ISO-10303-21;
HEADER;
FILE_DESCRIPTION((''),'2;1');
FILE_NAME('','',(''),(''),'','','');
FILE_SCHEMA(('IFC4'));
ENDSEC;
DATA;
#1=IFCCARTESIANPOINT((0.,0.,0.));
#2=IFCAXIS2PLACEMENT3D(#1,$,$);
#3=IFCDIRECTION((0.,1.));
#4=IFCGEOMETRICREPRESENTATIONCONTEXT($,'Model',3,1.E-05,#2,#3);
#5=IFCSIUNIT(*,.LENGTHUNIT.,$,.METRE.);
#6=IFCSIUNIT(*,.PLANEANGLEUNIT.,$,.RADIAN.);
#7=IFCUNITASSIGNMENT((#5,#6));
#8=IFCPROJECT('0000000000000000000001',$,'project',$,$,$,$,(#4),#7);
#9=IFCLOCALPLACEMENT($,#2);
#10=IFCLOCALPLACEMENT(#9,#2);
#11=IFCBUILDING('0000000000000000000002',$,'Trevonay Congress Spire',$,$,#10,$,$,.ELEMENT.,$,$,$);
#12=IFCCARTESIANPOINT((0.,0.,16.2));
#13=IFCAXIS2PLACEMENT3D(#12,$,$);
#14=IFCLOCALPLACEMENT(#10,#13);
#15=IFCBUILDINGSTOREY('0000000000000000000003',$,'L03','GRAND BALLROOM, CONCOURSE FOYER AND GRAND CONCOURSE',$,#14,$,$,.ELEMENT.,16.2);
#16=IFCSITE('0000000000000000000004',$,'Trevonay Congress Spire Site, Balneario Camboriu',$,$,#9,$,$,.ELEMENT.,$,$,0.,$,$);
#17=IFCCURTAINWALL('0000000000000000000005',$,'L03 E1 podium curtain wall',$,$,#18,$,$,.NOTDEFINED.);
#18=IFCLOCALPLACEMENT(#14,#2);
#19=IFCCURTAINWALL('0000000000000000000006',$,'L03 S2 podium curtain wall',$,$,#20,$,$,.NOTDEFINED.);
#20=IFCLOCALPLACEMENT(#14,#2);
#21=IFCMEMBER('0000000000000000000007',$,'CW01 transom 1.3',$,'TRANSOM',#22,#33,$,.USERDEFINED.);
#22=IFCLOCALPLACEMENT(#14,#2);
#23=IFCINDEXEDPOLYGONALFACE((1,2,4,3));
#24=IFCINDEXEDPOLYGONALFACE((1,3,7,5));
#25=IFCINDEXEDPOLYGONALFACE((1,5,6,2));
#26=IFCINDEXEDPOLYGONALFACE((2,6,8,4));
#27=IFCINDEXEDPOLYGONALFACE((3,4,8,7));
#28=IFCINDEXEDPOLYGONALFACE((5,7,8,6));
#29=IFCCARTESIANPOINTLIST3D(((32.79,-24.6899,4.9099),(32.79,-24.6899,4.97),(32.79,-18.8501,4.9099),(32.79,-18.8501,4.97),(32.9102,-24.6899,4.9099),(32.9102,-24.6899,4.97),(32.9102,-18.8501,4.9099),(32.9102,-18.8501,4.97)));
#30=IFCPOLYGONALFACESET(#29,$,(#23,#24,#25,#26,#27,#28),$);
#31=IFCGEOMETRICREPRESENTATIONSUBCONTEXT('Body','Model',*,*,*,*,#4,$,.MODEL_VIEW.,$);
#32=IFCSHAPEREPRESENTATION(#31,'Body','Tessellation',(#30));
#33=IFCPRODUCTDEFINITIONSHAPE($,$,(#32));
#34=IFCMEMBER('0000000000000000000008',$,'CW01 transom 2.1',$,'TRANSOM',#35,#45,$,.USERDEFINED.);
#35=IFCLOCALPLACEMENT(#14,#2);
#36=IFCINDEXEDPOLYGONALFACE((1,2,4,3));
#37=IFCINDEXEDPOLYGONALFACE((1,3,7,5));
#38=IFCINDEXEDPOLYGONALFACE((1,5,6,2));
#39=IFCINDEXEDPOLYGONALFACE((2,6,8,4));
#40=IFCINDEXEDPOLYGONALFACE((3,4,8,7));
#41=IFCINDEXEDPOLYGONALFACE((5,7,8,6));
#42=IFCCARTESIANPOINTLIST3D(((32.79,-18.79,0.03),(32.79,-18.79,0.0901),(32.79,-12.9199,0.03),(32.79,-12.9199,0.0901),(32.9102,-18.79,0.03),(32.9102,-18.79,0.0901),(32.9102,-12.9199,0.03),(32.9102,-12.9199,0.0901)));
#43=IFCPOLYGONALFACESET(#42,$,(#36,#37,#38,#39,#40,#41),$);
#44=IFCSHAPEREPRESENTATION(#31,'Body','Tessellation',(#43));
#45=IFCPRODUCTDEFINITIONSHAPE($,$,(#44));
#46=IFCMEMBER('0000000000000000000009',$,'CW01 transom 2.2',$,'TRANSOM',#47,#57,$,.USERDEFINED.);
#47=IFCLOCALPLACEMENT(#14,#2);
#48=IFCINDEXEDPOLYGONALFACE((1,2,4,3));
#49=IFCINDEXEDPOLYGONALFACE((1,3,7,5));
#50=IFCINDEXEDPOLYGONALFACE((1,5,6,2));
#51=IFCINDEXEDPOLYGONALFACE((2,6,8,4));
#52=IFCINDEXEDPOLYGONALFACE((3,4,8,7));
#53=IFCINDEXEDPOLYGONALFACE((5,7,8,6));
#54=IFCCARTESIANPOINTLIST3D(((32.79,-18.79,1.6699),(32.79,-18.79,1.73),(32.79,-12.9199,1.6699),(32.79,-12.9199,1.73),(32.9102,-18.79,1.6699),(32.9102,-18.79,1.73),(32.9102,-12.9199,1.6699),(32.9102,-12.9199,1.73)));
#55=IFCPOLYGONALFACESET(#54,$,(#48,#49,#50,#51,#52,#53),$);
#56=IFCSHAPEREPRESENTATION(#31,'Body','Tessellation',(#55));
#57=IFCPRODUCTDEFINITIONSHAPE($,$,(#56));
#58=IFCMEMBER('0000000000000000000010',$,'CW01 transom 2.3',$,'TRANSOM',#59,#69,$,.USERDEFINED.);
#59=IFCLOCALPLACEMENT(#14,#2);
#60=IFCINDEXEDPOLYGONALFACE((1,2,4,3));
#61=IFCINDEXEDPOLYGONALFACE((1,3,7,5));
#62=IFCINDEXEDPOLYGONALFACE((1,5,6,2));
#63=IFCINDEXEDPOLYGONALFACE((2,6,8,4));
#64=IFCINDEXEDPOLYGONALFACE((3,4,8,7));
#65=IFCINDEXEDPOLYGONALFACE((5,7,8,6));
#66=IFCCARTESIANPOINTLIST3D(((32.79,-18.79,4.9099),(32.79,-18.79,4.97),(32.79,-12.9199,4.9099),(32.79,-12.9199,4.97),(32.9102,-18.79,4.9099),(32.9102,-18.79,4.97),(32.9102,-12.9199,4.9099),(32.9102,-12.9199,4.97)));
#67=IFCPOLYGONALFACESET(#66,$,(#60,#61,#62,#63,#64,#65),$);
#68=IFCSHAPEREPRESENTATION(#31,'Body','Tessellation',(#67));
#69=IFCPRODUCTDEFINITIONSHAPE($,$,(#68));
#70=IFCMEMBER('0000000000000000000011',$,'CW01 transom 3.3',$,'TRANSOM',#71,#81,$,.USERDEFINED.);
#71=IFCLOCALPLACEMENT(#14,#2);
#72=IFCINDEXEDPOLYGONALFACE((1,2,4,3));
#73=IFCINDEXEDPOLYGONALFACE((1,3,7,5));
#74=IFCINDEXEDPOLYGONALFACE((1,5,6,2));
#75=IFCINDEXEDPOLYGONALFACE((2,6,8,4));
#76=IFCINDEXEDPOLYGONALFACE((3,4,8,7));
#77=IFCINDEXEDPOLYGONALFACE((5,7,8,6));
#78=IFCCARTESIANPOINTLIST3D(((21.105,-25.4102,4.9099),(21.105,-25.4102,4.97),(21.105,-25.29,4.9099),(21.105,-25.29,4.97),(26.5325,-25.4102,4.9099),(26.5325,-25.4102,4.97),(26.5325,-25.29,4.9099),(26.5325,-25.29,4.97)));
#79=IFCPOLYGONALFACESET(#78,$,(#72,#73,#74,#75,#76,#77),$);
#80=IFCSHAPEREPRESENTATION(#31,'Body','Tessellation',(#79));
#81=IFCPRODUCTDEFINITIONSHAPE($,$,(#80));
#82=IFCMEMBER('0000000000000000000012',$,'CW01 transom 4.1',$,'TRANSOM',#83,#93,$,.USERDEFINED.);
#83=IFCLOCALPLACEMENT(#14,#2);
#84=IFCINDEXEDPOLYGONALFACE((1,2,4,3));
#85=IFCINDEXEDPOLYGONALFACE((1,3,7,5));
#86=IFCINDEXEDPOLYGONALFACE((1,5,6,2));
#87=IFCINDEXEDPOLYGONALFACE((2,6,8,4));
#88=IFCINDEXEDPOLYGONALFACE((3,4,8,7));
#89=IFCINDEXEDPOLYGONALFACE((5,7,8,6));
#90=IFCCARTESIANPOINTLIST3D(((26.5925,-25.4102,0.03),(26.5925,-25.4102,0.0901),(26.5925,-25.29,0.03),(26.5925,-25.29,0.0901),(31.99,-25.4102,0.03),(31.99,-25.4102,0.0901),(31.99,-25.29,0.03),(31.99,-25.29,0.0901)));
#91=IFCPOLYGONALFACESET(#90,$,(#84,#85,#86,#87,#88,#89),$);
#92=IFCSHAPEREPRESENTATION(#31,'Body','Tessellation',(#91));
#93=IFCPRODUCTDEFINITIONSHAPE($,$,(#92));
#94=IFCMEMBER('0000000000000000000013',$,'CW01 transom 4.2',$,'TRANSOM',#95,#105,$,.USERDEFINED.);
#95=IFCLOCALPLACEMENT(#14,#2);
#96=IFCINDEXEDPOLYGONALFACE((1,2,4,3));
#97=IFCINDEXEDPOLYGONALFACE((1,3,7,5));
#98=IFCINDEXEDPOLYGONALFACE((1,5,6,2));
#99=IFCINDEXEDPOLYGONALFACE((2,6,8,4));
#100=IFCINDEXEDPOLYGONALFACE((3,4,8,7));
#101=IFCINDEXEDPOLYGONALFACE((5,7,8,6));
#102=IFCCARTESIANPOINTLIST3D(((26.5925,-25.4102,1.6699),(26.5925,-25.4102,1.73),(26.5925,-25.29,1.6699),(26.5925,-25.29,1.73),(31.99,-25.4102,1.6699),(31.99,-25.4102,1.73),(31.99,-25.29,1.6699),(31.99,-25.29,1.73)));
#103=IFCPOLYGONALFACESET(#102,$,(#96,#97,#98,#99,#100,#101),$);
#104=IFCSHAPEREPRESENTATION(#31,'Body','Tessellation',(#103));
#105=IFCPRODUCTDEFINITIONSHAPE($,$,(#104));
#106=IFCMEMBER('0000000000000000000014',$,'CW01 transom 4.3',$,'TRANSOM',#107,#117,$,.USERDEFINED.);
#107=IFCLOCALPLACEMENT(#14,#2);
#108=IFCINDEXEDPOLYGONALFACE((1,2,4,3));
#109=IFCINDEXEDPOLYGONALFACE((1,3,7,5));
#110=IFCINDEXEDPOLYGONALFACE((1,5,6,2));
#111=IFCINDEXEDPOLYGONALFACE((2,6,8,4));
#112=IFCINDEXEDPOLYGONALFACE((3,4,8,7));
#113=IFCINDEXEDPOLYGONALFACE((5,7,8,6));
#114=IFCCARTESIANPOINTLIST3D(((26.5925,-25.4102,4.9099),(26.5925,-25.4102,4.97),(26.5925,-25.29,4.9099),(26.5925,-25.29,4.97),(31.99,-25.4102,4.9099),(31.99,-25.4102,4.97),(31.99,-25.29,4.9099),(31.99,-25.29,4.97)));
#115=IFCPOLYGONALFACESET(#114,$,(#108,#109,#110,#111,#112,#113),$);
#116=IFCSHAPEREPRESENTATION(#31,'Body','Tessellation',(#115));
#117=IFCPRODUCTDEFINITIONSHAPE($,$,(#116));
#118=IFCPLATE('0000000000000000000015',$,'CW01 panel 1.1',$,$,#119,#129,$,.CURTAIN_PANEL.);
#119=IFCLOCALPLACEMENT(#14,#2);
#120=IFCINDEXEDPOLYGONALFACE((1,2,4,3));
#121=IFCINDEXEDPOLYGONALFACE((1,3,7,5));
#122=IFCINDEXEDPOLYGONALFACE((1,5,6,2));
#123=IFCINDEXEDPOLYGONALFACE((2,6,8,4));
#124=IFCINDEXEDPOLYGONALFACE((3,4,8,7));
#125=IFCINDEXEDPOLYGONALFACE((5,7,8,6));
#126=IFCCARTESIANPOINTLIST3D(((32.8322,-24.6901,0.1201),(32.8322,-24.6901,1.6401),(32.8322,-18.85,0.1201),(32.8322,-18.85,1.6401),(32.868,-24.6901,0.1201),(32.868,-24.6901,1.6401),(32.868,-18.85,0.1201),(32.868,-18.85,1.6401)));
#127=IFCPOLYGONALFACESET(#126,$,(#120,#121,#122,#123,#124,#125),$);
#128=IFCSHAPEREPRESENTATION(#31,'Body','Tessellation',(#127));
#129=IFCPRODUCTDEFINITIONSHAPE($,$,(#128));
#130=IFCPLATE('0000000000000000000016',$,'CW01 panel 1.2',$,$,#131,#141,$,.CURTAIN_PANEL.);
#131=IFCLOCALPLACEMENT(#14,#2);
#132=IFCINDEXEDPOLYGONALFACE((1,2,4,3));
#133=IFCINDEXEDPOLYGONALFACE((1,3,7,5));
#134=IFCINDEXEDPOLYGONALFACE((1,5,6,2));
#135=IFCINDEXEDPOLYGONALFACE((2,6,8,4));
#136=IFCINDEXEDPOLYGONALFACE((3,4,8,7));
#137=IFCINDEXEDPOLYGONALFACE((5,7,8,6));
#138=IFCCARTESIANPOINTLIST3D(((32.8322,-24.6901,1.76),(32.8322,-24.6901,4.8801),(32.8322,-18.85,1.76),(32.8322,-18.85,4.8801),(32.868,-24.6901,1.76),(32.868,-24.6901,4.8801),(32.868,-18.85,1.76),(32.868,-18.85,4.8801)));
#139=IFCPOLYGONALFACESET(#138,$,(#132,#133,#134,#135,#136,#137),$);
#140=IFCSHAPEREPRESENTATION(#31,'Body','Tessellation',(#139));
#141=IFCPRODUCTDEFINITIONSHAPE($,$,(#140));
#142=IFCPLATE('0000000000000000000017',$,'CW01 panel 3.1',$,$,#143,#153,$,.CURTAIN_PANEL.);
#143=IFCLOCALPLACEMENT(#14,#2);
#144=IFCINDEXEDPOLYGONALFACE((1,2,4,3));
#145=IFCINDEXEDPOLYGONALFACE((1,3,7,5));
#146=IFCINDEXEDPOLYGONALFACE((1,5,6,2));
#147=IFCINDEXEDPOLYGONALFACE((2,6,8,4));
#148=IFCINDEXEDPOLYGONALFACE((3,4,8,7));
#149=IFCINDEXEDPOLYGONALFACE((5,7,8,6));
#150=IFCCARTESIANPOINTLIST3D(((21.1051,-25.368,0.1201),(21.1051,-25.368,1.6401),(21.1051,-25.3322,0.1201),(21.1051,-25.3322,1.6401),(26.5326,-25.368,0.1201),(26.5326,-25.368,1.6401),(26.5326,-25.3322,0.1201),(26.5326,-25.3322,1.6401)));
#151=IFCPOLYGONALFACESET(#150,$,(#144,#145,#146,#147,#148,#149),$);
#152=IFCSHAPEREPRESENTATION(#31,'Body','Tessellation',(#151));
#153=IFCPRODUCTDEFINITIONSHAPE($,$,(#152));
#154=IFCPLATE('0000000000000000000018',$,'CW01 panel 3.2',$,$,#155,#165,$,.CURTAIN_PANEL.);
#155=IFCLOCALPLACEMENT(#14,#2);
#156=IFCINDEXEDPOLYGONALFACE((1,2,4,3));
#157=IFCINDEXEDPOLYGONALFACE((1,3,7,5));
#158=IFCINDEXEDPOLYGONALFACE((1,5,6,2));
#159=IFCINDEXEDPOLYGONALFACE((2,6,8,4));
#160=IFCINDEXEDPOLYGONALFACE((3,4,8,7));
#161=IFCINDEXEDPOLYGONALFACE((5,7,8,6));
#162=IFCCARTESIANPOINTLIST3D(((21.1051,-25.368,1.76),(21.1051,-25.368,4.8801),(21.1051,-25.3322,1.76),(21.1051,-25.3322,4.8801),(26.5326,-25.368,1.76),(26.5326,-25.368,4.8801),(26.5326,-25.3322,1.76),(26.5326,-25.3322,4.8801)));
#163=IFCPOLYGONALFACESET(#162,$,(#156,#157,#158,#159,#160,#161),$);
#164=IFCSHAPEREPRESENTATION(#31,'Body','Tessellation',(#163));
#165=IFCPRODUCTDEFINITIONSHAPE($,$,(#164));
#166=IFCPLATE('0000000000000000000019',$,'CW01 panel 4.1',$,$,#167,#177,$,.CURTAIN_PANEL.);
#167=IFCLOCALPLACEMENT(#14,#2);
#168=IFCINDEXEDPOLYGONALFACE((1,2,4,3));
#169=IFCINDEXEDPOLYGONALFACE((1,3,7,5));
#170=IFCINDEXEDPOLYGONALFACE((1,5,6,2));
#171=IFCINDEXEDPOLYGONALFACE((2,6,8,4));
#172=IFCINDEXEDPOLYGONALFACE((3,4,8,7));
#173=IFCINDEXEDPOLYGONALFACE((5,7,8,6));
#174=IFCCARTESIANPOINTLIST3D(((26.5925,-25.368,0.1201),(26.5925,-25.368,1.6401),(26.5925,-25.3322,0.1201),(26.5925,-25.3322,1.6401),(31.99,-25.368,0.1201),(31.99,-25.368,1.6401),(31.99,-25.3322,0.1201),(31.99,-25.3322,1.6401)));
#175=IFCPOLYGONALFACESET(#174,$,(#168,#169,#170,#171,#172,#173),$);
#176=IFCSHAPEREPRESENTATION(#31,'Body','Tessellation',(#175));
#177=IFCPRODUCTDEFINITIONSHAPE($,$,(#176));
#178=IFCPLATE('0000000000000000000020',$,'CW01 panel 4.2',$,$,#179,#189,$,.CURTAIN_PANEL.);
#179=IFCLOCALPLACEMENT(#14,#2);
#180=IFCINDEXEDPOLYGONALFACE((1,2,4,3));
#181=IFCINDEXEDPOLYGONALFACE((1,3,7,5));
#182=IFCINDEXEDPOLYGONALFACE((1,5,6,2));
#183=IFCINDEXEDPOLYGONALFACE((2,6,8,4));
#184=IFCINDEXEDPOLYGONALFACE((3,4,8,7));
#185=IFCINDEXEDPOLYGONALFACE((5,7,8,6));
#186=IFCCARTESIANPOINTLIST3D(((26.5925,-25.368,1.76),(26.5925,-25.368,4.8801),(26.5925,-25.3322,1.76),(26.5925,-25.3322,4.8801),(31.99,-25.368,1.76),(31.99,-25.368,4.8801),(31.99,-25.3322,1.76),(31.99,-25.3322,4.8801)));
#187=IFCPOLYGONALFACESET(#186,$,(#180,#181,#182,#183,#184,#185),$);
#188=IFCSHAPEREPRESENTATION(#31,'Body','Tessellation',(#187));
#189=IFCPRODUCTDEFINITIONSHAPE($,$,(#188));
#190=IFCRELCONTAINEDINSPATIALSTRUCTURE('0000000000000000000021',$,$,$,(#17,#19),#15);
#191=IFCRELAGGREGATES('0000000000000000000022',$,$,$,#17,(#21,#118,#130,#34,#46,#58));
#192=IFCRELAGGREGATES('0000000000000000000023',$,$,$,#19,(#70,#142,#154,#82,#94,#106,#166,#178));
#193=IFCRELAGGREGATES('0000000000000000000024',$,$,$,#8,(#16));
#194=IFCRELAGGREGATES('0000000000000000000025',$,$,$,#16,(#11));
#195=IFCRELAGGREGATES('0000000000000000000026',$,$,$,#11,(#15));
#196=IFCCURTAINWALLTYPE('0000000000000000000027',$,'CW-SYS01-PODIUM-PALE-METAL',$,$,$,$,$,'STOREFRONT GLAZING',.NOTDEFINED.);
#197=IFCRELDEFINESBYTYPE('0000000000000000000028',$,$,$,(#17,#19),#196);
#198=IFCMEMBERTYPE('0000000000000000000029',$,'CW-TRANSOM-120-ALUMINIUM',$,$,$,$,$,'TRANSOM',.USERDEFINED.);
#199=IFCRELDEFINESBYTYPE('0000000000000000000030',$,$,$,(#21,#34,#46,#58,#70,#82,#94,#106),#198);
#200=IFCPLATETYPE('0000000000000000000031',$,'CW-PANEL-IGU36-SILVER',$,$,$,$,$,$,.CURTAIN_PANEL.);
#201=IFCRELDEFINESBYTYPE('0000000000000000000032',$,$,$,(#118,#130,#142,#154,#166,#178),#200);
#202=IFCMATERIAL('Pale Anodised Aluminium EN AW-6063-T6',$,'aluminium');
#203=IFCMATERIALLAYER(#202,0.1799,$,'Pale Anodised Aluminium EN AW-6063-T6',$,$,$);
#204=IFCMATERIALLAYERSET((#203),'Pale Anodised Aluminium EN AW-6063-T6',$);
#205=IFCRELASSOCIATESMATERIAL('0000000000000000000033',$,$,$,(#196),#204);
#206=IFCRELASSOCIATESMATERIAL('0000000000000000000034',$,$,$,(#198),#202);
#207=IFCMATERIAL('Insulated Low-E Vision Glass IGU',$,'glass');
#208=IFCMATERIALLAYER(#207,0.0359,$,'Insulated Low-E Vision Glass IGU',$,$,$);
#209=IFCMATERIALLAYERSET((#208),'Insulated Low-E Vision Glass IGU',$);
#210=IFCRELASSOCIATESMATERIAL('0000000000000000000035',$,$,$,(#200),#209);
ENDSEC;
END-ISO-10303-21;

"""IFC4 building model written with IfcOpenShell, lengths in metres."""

from ifc_helpers import new_model, si_unit, direction, frame, origin, origin_2d, place, context, subcontext, project, spatial, rectangle, extrude, material, layer, layer_set, material_profile, profile_set, type_object, element, aggregate, save


model = new_model("IFC4")

# Units and contexts
model_context = context("Model", 3, precision=1e-05, world=origin(), true_north=direction((0.0, 1.0)))
body_context = subcontext(model_context, "Body", "Model", "MODEL_VIEW")
ifc_project = project(units=[si_unit("LENGTHUNIT", "METRE"), si_unit("PLANEANGLEUNIT", "RADIAN")], contexts=[model_context])

# Site, building, storey
site_placement = place(None, origin())
site = spatial("IfcSite", under=ifc_project, at=site_placement, Name="Trevonay Congress Spire Site, Balneario Camboriu", CompositionType="ELEMENT", RefElevation=0.0)
building_placement = place(site_placement, origin())
building = spatial("IfcBuilding", under=site, at=building_placement, Name="Trevonay Congress Spire", CompositionType="ELEMENT")
storey_placement = place(building_placement, frame((0.0, 0.0, 16.2)))
storey = spatial("IfcBuildingStorey", under=building, at=storey_placement, Name="L03", Description="GRAND BALLROOM, CONCOURSE FOYER AND GRAND CONCOURSE", CompositionType="ELEMENT", Elevation=16.2)

# Curtain walls
ifc_material_1 = material(Name="Pale Anodised Aluminium EN AW-6063-T6", Category="aluminium")
ifc_layer_1 = layer(ifc_material_1, 0.1799, Name="Pale Anodised Aluminium EN AW-6063-T6")
ifc_layer_set_1 = layer_set([ifc_layer_1], Name="Pale Anodised Aluminium EN AW-6063-T6")
curtain_wall_type = type_object("IfcCurtainWallType", Name="CW-SYS01-PODIUM-PALE-METAL", ElementType="STOREFRONT GLAZING", PredefinedType="NOTDEFINED", material=ifc_layer_set_1)
curtain_wall_1_placement = place(storey_placement, origin())
curtain_wall_1 = element("IfcCurtainWall", 1, at=curtain_wall_1_placement, inside=storey, type_object=curtain_wall_type, Name="L03 E1 podium curtain wall", PredefinedType="NOTDEFINED")
curtain_wall_2_placement = place(storey_placement, origin())
curtain_wall_2 = element("IfcCurtainWall", 2, at=curtain_wall_2_placement, inside=storey, type_object=curtain_wall_type, Name="L03 S2 podium curtain wall", PredefinedType="NOTDEFINED")

# Members
ifc_material_profile_1 = material_profile(ifc_material_1, rectangle(XDim=0.1201, YDim=0.0601, at=origin_2d()), Name="CW-TRANSOM-120-ALUMINIUM")
ifc_profile_set_1 = profile_set([ifc_material_profile_1], Name="Pale Anodised Aluminium EN AW-6063-T6")
member_type_1 = type_object("IfcMemberType", Name="CW-TRANSOM-120-ALUMINIUM", ElementType="TRANSOM", PredefinedType="USERDEFINED", material=ifc_profile_set_1)
member_1_placement = place(storey_placement, frame((32.8501, -24.6899, 4.9399), z_axis=(0.0, 1.0, 0.0), x_axis=(-1.0, 0.0, 0.0)))
member_1 = element("IfcMember", 3, at=member_1_placement, type_object=member_type_1, Name="CW01 transom 1.3", ObjectType="TRANSOM", PredefinedType="USERDEFINED", context=body_context, shape_type="SweptSolid", body=[
    extrude(rectangle(XDim=0.1201, YDim=0.0601, at=origin_2d()), origin(), (0.0, 0.0, 1.0), 5.8398),
])
member_2_placement = place(storey_placement, frame((32.8501, -18.79, 0.0601), z_axis=(0.0, 1.0, 0.0), x_axis=(-1.0, 0.0, 0.0)))
member_2 = element("IfcMember", 4, at=member_2_placement, type_object=member_type_1, Name="CW01 transom 2.1", ObjectType="TRANSOM", PredefinedType="USERDEFINED", context=body_context, shape_type="SweptSolid", body=[
    extrude(rectangle(XDim=0.1201, YDim=0.0601, at=origin_2d()), origin(), (0.0, 0.0, 1.0), 5.8701),
])
member_3_placement = place(storey_placement, frame((32.8501, -18.79, 1.7), z_axis=(0.0, 1.0, 0.0), x_axis=(-1.0, 0.0, 0.0)))
member_3 = element("IfcMember", 5, at=member_3_placement, type_object=member_type_1, Name="CW01 transom 2.2", ObjectType="TRANSOM", PredefinedType="USERDEFINED", context=body_context, shape_type="SweptSolid", body=[
    extrude(rectangle(XDim=0.1201, YDim=0.0601, at=origin_2d()), origin(), (0.0, 0.0, 1.0), 5.8701),
])
member_4_placement = place(storey_placement, frame((32.8501, -18.79, 4.9399), z_axis=(0.0, 1.0, 0.0), x_axis=(-1.0, 0.0, 0.0)))
member_4 = element("IfcMember", 6, at=member_4_placement, type_object=member_type_1, Name="CW01 transom 2.3", ObjectType="TRANSOM", PredefinedType="USERDEFINED", context=body_context, shape_type="SweptSolid", body=[
    extrude(rectangle(XDim=0.1201, YDim=0.0601, at=origin_2d()), origin(), (0.0, 0.0, 1.0), 5.8701),
])
member_5_placement = place(storey_placement, frame((21.105, -25.3501, 4.9399), z_axis=(1.0, 0.0, 0.0), x_axis=(0.0, 1.0, 0.0)))
member_5 = element("IfcMember", 7, at=member_5_placement, type_object=member_type_1, Name="CW01 transom 3.3", ObjectType="TRANSOM", PredefinedType="USERDEFINED", context=body_context, shape_type="SweptSolid", body=[
    extrude(rectangle(XDim=0.1201, YDim=0.0601, at=origin_2d()), origin(), (0.0, 0.0, 1.0), 5.4275),
])
member_6_placement = place(storey_placement, frame((26.5925, -25.3501, 0.0601), z_axis=(1.0, 0.0, 0.0), x_axis=(0.0, 1.0, 0.0)))
member_6 = element("IfcMember", 8, at=member_6_placement, type_object=member_type_1, Name="CW01 transom 4.1", ObjectType="TRANSOM", PredefinedType="USERDEFINED", context=body_context, shape_type="SweptSolid", body=[
    extrude(rectangle(XDim=0.1201, YDim=0.0601, at=origin_2d()), origin(), (0.0, 0.0, 1.0), 5.3975),
])
member_7_placement = place(storey_placement, frame((26.5925, -25.3501, 1.7), z_axis=(1.0, 0.0, 0.0), x_axis=(0.0, 1.0, 0.0)))
member_7 = element("IfcMember", 9, at=member_7_placement, type_object=member_type_1, Name="CW01 transom 4.2", ObjectType="TRANSOM", PredefinedType="USERDEFINED", context=body_context, shape_type="SweptSolid", body=[
    extrude(rectangle(XDim=0.1201, YDim=0.0601, at=origin_2d()), origin(), (0.0, 0.0, 1.0), 5.3975),
])
member_8_placement = place(storey_placement, frame((26.5925, -25.3501, 4.9399), z_axis=(1.0, 0.0, 0.0), x_axis=(0.0, 1.0, 0.0)))
member_8 = element("IfcMember", 10, at=member_8_placement, type_object=member_type_1, Name="CW01 transom 4.3", ObjectType="TRANSOM", PredefinedType="USERDEFINED", context=body_context, shape_type="SweptSolid", body=[
    extrude(rectangle(XDim=0.1201, YDim=0.0601, at=origin_2d()), origin(), (0.0, 0.0, 1.0), 5.3975),
])

# Plates
ifc_material_2 = material(Name="Insulated Low-E Vision Glass IGU", Category="glass")
ifc_layer_2 = layer(ifc_material_2, 0.0359, Name="Insulated Low-E Vision Glass IGU")
ifc_layer_set_2 = layer_set([ifc_layer_2], Name="Insulated Low-E Vision Glass IGU")
plate_type = type_object("IfcPlateType", Name="CW-PANEL-IGU36-SILVER", PredefinedType="CURTAIN_PANEL", material=ifc_layer_set_2)
plate_1_placement = place(storey_placement, frame((32.8501, -21.77, 0.1201), z_axis=(0.0, 0.0, 1.0), x_axis=(0.0, 1.0, 0.0)))
plate_1 = element("IfcPlate", 11, at=plate_1_placement, type_object=plate_type, Name="CW01 panel 1.1", PredefinedType="CURTAIN_PANEL", context=body_context, shape_type="SweptSolid", body=[
    extrude(rectangle(XDim=5.8401, YDim=0.0359, at=origin_2d()), origin(), (0.0, 0.0, 1.0), 1.52),
])
plate_2_placement = place(storey_placement, frame((32.8501, -21.77, 1.76), z_axis=(0.0, 0.0, 1.0), x_axis=(0.0, 1.0, 0.0)))
plate_2 = element("IfcPlate", 12, at=plate_2_placement, type_object=plate_type, Name="CW01 panel 1.2", PredefinedType="CURTAIN_PANEL", context=body_context, shape_type="SweptSolid", body=[
    extrude(rectangle(XDim=5.8401, YDim=0.0359, at=origin_2d()), origin(), (0.0, 0.0, 1.0), 3.1201),
])
aggregate(curtain_wall_1, [member_1, plate_1, plate_2, member_2, member_3, member_4])
plate_3_placement = place(storey_placement, frame((23.8188, -25.3501, 0.1201), z_axis=(0.0, 0.0, 1.0), x_axis=(1.0, 0.0, 0.0)))
plate_3 = element("IfcPlate", 13, at=plate_3_placement, type_object=plate_type, Name="CW01 panel 3.1", PredefinedType="CURTAIN_PANEL", context=body_context, shape_type="SweptSolid", body=[
    extrude(rectangle(XDim=5.4275, YDim=0.0359, at=origin_2d()), origin(), (0.0, 0.0, 1.0), 1.52),
])
plate_4_placement = place(storey_placement, frame((23.8188, -25.3501, 1.76), z_axis=(0.0, 0.0, 1.0), x_axis=(1.0, 0.0, 0.0)))
plate_4 = element("IfcPlate", 14, at=plate_4_placement, type_object=plate_type, Name="CW01 panel 3.2", PredefinedType="CURTAIN_PANEL", context=body_context, shape_type="SweptSolid", body=[
    extrude(rectangle(XDim=5.4275, YDim=0.0359, at=origin_2d()), origin(), (0.0, 0.0, 1.0), 3.1201),
])
plate_5_placement = place(storey_placement, frame((29.2913, -25.3501, 0.1201), z_axis=(0.0, 0.0, 1.0), x_axis=(1.0, 0.0, 0.0)))
plate_5 = element("IfcPlate", 15, at=plate_5_placement, type_object=plate_type, Name="CW01 panel 4.1", PredefinedType="CURTAIN_PANEL", context=body_context, shape_type="SweptSolid", body=[
    extrude(rectangle(XDim=5.3975, YDim=0.0359, at=origin_2d()), origin(), (0.0, 0.0, 1.0), 1.52),
])
plate_6_placement = place(storey_placement, frame((29.2913, -25.3501, 1.76), z_axis=(0.0, 0.0, 1.0), x_axis=(1.0, 0.0, 0.0)))
plate_6 = element("IfcPlate", 16, at=plate_6_placement, type_object=plate_type, Name="CW01 panel 4.2", PredefinedType="CURTAIN_PANEL", context=body_context, shape_type="SweptSolid", body=[
    extrude(rectangle(XDim=5.3975, YDim=0.0359, at=origin_2d()), origin(), (0.0, 0.0, 1.0), 3.1201),
])
aggregate(curtain_wall_2, [member_5, plate_3, plate_4, member_6, member_7, member_8, plate_5, plate_6])

save(model, "model.ifc")
